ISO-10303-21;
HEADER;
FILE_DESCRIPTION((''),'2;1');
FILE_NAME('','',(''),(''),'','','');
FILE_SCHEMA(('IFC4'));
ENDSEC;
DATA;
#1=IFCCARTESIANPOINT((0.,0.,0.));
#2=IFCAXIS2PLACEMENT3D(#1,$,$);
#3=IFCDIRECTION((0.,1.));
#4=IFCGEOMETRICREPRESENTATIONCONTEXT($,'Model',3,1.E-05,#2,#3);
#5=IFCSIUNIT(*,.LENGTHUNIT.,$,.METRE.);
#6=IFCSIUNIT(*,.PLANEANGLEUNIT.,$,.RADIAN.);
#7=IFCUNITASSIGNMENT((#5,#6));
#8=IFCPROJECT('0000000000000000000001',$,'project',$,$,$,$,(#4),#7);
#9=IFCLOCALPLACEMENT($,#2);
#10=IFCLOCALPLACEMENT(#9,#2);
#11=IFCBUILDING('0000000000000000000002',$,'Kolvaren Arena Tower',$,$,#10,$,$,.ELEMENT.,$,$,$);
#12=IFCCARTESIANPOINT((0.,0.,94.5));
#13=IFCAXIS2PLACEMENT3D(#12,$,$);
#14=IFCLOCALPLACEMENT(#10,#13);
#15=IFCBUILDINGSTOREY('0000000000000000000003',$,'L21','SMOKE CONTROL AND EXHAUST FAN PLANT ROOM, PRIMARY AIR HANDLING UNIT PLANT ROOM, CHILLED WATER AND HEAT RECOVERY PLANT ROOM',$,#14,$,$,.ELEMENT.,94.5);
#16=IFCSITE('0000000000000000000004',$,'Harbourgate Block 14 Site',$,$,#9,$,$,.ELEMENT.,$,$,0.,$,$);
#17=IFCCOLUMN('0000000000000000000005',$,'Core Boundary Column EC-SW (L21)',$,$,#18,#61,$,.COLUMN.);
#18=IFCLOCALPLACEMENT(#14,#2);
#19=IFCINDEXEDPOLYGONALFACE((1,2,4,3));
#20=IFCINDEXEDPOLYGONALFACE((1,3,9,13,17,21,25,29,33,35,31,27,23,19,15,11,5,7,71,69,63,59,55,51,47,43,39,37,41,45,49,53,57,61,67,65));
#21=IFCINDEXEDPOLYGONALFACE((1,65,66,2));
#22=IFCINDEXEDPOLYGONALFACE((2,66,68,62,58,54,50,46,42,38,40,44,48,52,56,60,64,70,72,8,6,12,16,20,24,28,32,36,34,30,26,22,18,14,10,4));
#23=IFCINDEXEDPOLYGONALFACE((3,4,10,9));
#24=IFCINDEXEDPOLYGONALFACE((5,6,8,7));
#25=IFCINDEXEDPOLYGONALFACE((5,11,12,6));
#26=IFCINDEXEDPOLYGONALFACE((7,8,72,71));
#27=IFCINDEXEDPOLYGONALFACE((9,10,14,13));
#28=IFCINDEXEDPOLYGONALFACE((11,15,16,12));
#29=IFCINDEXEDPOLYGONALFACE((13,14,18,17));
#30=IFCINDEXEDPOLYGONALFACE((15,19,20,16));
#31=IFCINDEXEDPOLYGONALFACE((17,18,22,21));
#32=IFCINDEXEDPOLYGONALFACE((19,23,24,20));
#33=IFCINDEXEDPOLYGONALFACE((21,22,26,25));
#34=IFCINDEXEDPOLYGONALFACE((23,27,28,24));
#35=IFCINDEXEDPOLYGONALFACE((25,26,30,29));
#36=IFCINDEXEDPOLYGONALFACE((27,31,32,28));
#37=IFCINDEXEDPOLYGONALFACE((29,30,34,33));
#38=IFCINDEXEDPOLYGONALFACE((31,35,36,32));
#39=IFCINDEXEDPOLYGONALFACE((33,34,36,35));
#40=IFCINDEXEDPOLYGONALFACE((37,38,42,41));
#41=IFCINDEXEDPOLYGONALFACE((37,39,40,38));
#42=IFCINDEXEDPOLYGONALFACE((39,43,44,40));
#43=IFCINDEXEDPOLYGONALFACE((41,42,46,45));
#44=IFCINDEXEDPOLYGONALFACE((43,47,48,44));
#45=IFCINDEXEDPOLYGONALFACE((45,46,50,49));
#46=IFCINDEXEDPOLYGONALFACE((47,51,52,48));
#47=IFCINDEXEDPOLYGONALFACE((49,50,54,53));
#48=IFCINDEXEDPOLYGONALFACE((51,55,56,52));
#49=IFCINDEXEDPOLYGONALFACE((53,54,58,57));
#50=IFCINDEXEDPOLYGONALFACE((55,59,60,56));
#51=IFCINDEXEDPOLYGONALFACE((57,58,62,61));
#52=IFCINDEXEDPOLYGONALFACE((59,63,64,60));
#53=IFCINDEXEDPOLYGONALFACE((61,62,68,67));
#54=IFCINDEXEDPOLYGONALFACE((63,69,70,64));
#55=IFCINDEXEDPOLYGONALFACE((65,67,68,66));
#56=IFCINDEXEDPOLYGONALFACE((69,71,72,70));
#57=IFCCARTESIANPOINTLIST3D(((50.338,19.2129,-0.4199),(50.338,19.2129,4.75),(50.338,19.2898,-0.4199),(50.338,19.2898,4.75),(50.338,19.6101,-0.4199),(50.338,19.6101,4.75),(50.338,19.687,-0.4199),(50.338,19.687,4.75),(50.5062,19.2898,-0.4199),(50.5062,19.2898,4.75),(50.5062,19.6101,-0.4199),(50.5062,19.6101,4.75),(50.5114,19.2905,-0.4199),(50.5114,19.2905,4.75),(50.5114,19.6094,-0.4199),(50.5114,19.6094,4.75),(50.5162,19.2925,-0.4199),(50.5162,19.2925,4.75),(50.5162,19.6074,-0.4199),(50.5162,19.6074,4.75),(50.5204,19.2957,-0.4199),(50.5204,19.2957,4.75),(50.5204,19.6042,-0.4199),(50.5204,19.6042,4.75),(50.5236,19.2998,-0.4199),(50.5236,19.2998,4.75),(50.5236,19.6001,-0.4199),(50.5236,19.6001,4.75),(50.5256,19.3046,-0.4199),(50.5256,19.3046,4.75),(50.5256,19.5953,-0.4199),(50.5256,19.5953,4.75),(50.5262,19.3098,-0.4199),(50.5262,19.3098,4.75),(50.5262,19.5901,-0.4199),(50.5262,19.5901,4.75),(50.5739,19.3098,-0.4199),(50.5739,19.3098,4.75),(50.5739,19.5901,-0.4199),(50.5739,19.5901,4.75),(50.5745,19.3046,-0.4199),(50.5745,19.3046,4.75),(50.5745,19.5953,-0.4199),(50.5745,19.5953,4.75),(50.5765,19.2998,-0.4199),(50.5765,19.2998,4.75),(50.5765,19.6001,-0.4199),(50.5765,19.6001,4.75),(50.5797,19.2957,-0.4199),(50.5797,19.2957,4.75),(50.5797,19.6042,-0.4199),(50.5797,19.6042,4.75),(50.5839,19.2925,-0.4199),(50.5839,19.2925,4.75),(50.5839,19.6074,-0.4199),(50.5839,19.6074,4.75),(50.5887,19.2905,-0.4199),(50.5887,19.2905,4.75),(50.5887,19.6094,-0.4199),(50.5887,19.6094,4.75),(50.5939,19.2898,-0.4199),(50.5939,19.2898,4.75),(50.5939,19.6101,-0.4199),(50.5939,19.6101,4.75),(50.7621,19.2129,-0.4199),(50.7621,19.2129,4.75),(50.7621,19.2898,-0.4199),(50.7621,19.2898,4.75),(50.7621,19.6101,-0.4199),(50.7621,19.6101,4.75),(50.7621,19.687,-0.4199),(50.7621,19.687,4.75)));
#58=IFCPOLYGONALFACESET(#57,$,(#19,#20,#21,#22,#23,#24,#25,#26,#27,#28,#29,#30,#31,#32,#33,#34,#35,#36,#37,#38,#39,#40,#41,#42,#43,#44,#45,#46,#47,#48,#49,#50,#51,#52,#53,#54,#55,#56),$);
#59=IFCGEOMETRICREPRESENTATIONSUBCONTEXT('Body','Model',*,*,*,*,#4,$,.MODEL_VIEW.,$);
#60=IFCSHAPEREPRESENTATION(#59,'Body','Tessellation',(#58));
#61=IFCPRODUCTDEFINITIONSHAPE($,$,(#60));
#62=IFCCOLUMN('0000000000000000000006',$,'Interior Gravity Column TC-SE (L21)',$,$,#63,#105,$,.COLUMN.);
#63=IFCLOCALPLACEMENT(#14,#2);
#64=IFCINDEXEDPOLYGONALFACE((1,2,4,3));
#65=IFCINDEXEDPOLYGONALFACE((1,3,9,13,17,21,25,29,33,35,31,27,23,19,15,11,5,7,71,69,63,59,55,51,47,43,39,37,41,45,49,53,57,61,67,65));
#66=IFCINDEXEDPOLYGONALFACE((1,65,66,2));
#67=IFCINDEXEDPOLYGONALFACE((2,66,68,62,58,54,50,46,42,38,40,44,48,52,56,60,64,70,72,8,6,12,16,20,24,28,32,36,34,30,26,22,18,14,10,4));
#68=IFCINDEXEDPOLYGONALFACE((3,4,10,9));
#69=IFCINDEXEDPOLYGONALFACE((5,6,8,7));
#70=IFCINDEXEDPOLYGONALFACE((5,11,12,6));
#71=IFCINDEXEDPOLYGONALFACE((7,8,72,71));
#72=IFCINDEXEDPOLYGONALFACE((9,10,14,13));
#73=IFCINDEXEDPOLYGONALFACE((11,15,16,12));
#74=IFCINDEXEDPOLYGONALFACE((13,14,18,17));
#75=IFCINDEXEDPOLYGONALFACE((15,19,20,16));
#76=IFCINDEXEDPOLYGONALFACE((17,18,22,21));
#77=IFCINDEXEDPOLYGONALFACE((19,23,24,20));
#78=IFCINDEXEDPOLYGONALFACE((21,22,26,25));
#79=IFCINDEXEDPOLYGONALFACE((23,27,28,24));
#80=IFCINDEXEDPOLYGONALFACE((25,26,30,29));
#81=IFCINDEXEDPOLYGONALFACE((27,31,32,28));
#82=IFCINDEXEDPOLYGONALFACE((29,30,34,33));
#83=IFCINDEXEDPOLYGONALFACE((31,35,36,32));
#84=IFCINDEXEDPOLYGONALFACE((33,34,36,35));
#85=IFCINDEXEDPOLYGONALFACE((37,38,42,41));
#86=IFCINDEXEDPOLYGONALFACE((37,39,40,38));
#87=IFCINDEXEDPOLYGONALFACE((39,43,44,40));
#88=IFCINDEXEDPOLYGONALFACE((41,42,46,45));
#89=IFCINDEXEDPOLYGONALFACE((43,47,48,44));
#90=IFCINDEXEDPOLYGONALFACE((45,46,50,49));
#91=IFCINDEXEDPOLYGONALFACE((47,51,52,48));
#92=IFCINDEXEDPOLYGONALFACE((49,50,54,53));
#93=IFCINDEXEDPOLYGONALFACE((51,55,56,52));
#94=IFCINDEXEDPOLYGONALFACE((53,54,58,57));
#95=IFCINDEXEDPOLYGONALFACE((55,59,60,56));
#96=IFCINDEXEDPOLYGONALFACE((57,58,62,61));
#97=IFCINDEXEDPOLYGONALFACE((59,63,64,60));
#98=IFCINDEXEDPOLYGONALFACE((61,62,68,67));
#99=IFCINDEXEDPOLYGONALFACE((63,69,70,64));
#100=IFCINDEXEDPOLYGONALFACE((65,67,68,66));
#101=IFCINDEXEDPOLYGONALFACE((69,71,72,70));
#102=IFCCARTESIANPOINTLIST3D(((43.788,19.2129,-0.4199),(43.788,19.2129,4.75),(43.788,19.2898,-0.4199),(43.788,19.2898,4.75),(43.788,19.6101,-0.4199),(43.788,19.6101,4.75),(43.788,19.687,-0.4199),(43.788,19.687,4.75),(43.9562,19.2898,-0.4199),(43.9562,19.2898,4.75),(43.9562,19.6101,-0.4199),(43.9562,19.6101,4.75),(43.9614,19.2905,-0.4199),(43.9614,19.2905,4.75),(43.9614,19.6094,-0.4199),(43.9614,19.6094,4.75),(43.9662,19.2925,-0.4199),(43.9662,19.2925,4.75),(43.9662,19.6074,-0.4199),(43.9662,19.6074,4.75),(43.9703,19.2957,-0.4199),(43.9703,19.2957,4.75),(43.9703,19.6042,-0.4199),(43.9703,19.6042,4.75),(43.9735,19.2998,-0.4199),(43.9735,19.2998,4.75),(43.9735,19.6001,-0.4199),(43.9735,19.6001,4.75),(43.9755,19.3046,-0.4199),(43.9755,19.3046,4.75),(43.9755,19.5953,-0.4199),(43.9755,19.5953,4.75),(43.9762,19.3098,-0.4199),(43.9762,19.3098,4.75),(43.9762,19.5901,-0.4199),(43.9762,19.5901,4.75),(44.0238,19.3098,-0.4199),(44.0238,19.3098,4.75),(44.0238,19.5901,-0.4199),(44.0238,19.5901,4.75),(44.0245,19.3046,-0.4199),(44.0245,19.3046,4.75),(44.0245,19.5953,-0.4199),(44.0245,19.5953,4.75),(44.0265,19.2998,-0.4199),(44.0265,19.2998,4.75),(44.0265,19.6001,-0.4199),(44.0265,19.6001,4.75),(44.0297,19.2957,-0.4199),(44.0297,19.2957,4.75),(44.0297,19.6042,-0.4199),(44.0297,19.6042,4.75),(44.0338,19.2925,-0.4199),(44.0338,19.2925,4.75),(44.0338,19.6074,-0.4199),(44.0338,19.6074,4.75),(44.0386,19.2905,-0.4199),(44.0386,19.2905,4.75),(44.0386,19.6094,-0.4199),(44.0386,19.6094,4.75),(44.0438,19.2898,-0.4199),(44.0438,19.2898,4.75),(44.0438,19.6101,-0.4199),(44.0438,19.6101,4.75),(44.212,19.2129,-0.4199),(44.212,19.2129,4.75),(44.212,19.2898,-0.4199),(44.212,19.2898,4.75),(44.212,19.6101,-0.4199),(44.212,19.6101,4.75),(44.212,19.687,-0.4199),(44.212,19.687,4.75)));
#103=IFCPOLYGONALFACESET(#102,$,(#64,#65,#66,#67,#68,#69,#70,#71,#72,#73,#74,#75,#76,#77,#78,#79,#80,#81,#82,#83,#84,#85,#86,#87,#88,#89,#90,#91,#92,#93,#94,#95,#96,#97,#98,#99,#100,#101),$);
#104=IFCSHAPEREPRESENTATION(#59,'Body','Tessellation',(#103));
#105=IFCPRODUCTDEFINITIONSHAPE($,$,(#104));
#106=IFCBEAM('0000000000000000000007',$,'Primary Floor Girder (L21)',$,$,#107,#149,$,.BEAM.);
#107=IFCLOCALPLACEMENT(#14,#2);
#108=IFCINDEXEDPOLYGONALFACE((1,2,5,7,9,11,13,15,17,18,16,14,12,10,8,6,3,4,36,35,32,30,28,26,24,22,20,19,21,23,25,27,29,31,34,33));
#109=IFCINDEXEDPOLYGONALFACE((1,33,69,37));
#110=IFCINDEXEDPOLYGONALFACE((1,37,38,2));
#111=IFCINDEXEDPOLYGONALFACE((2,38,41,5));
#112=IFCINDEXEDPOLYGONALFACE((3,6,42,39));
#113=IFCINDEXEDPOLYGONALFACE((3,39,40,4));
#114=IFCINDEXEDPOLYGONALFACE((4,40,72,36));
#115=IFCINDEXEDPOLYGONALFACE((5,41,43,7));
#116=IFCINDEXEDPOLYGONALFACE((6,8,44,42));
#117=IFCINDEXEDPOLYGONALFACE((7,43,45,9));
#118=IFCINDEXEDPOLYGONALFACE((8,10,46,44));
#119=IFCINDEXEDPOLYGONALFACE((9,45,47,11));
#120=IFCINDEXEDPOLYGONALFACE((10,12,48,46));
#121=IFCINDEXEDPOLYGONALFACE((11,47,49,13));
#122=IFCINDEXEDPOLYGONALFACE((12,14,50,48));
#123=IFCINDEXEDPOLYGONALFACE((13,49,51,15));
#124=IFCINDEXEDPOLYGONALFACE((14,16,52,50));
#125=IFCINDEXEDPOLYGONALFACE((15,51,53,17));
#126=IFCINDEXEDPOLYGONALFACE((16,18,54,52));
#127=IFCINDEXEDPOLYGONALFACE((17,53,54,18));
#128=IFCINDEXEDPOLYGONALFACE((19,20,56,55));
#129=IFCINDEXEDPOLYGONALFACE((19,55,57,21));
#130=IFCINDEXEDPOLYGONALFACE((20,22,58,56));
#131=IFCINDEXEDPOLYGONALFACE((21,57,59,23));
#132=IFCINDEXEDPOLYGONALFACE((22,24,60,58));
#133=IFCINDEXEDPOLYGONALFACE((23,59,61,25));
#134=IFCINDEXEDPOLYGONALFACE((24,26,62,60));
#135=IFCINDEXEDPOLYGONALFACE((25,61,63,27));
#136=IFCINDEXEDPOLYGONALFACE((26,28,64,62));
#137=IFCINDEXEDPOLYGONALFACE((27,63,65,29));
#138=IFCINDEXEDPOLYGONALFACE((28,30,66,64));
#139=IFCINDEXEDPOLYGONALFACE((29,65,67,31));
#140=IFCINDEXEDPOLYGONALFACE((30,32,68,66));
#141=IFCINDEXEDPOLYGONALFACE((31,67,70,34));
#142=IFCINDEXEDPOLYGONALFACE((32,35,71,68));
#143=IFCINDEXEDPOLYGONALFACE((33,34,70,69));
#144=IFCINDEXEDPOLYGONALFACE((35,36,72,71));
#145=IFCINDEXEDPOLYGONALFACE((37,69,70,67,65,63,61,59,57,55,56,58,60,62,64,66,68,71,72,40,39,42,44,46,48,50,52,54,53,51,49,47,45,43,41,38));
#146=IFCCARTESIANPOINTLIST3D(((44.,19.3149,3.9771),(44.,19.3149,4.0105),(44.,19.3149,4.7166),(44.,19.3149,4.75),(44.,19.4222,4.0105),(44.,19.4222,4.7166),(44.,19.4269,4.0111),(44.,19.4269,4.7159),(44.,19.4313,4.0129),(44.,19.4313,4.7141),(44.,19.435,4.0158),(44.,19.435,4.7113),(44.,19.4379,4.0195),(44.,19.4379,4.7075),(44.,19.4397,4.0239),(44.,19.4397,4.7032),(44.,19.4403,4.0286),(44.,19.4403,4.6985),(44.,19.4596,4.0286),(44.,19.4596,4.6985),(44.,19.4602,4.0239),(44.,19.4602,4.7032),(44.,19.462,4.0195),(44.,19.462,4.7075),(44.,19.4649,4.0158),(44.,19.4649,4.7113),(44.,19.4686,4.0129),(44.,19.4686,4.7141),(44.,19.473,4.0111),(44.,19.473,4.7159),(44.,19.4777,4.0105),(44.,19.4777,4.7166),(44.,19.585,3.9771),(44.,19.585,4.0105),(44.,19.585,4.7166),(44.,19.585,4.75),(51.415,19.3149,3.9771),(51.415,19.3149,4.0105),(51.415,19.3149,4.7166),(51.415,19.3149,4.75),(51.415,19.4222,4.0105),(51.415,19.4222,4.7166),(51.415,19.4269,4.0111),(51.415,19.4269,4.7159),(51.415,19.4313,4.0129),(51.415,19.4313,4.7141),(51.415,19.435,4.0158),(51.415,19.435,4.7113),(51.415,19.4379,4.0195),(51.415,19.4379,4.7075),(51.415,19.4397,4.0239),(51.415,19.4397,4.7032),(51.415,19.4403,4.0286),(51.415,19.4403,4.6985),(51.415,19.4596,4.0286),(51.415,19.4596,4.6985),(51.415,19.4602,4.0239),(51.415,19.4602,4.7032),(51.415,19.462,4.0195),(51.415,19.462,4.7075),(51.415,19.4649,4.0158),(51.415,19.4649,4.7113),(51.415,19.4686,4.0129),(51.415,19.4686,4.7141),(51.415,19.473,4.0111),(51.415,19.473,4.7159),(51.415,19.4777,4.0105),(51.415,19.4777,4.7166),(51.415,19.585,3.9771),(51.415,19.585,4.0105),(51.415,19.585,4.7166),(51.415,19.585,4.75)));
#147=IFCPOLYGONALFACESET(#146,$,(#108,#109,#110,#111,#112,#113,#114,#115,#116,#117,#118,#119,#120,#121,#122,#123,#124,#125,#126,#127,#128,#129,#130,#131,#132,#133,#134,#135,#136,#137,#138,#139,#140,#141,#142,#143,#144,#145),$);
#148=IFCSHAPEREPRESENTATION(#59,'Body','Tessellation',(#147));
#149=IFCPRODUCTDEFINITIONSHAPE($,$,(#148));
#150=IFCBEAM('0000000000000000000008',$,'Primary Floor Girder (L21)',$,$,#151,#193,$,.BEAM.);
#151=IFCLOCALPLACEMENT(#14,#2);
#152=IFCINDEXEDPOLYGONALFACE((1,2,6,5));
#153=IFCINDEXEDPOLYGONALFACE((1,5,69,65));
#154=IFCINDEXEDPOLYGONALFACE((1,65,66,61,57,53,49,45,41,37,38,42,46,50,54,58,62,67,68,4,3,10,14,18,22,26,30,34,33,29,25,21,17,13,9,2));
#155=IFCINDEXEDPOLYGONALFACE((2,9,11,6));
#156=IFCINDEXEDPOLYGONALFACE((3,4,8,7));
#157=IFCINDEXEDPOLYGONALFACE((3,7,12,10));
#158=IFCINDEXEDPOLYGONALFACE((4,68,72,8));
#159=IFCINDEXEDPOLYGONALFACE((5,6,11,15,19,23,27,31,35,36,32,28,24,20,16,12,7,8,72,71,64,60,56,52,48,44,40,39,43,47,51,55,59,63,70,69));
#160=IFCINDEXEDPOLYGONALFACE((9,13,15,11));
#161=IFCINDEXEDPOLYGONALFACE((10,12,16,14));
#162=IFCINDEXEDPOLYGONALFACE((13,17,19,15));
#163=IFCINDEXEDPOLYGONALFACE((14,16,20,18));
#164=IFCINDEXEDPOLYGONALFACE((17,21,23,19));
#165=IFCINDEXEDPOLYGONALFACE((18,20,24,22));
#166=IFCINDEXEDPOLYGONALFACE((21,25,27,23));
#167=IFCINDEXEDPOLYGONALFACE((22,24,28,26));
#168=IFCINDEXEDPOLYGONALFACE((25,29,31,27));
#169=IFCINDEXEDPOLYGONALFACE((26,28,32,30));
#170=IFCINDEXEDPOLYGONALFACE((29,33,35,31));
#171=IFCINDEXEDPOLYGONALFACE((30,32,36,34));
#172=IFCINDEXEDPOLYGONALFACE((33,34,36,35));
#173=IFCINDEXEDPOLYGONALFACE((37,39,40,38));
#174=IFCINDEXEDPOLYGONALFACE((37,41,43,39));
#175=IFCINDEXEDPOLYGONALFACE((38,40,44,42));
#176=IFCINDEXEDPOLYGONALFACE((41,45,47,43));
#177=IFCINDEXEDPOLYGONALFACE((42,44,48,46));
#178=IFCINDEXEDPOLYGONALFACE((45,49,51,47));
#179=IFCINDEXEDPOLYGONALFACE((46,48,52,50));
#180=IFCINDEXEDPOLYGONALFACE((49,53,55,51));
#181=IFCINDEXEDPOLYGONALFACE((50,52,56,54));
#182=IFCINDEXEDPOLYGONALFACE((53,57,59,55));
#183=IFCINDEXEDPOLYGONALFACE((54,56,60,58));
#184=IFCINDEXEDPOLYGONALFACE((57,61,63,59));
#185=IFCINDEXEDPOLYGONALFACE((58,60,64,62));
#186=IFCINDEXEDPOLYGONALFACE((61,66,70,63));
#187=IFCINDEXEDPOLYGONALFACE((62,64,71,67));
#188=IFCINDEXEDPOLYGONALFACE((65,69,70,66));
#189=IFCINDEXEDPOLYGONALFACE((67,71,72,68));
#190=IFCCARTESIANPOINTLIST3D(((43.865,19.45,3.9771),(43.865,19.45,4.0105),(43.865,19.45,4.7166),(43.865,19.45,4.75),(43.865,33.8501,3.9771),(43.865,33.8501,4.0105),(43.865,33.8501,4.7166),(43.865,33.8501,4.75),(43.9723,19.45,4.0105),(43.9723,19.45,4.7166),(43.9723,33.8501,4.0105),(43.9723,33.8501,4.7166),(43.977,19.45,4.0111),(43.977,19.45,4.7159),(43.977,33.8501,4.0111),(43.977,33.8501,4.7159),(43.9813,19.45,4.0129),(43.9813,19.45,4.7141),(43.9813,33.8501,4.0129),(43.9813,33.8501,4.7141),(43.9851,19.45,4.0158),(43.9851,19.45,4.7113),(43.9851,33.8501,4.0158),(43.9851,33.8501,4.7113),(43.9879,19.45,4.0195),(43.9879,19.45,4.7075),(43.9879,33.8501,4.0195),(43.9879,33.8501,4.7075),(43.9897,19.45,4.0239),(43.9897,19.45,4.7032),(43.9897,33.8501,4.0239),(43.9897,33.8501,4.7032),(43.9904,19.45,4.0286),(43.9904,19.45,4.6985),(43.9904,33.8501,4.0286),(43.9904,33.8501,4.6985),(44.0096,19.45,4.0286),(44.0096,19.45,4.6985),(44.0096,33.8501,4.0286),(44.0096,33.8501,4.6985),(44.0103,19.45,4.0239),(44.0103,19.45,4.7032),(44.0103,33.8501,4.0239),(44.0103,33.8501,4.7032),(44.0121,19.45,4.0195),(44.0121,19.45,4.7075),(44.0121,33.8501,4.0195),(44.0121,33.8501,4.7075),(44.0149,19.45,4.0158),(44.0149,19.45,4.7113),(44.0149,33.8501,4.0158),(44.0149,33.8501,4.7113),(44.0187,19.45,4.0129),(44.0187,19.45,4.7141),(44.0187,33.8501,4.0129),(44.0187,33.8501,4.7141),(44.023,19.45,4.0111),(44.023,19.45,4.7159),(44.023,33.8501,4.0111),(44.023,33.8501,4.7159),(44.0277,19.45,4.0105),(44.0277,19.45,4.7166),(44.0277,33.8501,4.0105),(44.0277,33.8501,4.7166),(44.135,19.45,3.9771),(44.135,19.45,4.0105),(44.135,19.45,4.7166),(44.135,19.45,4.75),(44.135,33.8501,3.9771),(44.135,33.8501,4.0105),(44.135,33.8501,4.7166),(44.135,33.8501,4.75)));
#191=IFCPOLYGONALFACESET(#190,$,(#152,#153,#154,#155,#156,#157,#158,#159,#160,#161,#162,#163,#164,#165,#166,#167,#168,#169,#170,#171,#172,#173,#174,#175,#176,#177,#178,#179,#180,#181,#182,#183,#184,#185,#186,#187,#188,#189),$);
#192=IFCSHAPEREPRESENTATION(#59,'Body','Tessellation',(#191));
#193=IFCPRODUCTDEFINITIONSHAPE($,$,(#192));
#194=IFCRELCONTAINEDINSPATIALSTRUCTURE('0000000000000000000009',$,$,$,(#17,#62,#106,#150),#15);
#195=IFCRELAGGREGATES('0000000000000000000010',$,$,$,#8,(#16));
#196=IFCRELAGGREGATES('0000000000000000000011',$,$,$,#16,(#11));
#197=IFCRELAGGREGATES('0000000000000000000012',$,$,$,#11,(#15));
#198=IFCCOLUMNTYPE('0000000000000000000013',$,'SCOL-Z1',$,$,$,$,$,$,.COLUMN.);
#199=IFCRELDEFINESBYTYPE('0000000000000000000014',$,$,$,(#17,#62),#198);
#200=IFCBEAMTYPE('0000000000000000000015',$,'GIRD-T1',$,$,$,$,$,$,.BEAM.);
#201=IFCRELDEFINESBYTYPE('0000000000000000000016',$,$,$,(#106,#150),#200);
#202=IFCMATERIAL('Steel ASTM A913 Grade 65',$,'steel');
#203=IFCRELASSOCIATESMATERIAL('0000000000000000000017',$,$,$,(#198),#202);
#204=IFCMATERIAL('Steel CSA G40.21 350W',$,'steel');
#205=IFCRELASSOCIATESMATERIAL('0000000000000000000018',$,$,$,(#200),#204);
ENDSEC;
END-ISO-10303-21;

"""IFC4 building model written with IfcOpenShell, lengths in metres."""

from ifc_helpers import new_model, si_unit, direction, frame, origin, origin_2d, place, context, subcontext, project, spatial, i_section, extrude, material, material_profile, profile_set, type_object, element, save


model = new_model("IFC4")

# Units and contexts
model_context = context("Model", 3, precision=1e-05, world=origin(), true_north=direction((0.0, 1.0)))
body_context = subcontext(model_context, "Body", "Model", "MODEL_VIEW")
ifc_project = project(units=[si_unit("LENGTHUNIT", "METRE"), si_unit("PLANEANGLEUNIT", "RADIAN")], contexts=[model_context])

# Site, building, storey
site_placement = place(None, origin())
site = spatial("IfcSite", under=ifc_project, at=site_placement, Name="Harbourgate Block 14 Site", CompositionType="ELEMENT", RefElevation=0.0)
building_placement = place(site_placement, origin())
building = spatial("IfcBuilding", under=site, at=building_placement, Name="Kolvaren Arena Tower", CompositionType="ELEMENT")
storey_placement = place(building_placement, frame((0.0, 0.0, 94.5)))
storey = spatial("IfcBuildingStorey", under=building, at=storey_placement, Name="L21", Description="SMOKE CONTROL AND EXHAUST FAN PLANT ROOM, PRIMARY AIR HANDLING UNIT PLANT ROOM, CHILLED WATER AND HEAT RECOVERY PLANT ROOM", CompositionType="ELEMENT", Elevation=94.5)

# Columns
ifc_material_1 = material(Name="Steel ASTM A913 Grade 65", Category="steel")
ifc_material_profile_1 = material_profile(ifc_material_1, i_section(OverallWidth=0.4241, OverallDepth=0.4741, WebThickness=0.0476, FlangeThickness=0.0769, FilletRadius=0.02, at=origin_2d()), Name="W360x634")
ifc_profile_set_1 = profile_set([ifc_material_profile_1], Name="Steel ASTM A913 Grade 65")
column_type = type_object("IfcColumnType", Name="SCOL-Z1", PredefinedType="COLUMN", material=ifc_profile_set_1)
for number, where, z_axis, x_axis, name in (
    (1, (50.55, 19.45, -0.4199), (0.0, 0.0, 1.0), (1.0, 0.0, 0.0), "Core Boundary Column EC-SW (L21)"),
    (2, (44.0, 19.45, -0.4199), (0.0, 0.0, 1.0), (1.0, 0.0, 0.0), "Interior Gravity Column TC-SE (L21)"),
):
    element("IfcColumn", number, at=place(storey_placement, frame(where, z_axis=z_axis, x_axis=x_axis)), inside=storey, type_object=column_type, Name=name, PredefinedType="COLUMN", context=body_context, shape_type="SweptSolid", body=[
        extrude(i_section(OverallWidth=0.4241, OverallDepth=0.4741, WebThickness=0.0476, FlangeThickness=0.0769, FilletRadius=0.02, at=origin_2d()), origin(), (0.0, 0.0, 1.0), 5.1699),
    ])

# Beams
ifc_material_2 = material(Name="Steel CSA G40.21 350W", Category="steel")
ifc_material_profile_2 = material_profile(ifc_material_2, i_section(OverallWidth=0.27, OverallDepth=0.7729, WebThickness=0.0193, FlangeThickness=0.0334, FilletRadius=0.0181, at=origin_2d()), Name="W760x257")
ifc_profile_set_2 = profile_set([ifc_material_profile_2], Name="Steel CSA G40.21 350W")
beam_type_1 = type_object("IfcBeamType", Name="GIRD-T1", PredefinedType="BEAM", material=ifc_profile_set_2)
beam_1_placement = place(storey_placement, frame((44.0, 19.45, 4.3635), z_axis=(1.0, 0.0, 0.0), x_axis=(0.0, 1.0, 0.0)))
element("IfcBeam", 3, at=beam_1_placement, inside=storey, type_object=beam_type_1, Name="Primary Floor Girder (L21)", PredefinedType="BEAM", context=body_context, shape_type="SweptSolid", body=[
    extrude(i_section(OverallWidth=0.27, OverallDepth=0.7729, WebThickness=0.0193, FlangeThickness=0.0334, FilletRadius=0.0181, at=origin_2d()), origin(), (0.0, 0.0, 1.0), 7.415),
])
beam_2_placement = place(storey_placement, frame((44.0, 19.45, 4.3635), z_axis=(0.0, 1.0, 0.0), x_axis=(-1.0, 0.0, 0.0)))
element("IfcBeam", 4, at=beam_2_placement, inside=storey, type_object=beam_type_1, Name="Primary Floor Girder (L21)", PredefinedType="BEAM", context=body_context, shape_type="SweptSolid", body=[
    extrude(i_section(OverallWidth=0.27, OverallDepth=0.7729, WebThickness=0.0193, FlangeThickness=0.0334, FilletRadius=0.0181, at=origin_2d()), origin(), (0.0, 0.0, 1.0), 14.4001),
])

save(model, "model.ifc")
